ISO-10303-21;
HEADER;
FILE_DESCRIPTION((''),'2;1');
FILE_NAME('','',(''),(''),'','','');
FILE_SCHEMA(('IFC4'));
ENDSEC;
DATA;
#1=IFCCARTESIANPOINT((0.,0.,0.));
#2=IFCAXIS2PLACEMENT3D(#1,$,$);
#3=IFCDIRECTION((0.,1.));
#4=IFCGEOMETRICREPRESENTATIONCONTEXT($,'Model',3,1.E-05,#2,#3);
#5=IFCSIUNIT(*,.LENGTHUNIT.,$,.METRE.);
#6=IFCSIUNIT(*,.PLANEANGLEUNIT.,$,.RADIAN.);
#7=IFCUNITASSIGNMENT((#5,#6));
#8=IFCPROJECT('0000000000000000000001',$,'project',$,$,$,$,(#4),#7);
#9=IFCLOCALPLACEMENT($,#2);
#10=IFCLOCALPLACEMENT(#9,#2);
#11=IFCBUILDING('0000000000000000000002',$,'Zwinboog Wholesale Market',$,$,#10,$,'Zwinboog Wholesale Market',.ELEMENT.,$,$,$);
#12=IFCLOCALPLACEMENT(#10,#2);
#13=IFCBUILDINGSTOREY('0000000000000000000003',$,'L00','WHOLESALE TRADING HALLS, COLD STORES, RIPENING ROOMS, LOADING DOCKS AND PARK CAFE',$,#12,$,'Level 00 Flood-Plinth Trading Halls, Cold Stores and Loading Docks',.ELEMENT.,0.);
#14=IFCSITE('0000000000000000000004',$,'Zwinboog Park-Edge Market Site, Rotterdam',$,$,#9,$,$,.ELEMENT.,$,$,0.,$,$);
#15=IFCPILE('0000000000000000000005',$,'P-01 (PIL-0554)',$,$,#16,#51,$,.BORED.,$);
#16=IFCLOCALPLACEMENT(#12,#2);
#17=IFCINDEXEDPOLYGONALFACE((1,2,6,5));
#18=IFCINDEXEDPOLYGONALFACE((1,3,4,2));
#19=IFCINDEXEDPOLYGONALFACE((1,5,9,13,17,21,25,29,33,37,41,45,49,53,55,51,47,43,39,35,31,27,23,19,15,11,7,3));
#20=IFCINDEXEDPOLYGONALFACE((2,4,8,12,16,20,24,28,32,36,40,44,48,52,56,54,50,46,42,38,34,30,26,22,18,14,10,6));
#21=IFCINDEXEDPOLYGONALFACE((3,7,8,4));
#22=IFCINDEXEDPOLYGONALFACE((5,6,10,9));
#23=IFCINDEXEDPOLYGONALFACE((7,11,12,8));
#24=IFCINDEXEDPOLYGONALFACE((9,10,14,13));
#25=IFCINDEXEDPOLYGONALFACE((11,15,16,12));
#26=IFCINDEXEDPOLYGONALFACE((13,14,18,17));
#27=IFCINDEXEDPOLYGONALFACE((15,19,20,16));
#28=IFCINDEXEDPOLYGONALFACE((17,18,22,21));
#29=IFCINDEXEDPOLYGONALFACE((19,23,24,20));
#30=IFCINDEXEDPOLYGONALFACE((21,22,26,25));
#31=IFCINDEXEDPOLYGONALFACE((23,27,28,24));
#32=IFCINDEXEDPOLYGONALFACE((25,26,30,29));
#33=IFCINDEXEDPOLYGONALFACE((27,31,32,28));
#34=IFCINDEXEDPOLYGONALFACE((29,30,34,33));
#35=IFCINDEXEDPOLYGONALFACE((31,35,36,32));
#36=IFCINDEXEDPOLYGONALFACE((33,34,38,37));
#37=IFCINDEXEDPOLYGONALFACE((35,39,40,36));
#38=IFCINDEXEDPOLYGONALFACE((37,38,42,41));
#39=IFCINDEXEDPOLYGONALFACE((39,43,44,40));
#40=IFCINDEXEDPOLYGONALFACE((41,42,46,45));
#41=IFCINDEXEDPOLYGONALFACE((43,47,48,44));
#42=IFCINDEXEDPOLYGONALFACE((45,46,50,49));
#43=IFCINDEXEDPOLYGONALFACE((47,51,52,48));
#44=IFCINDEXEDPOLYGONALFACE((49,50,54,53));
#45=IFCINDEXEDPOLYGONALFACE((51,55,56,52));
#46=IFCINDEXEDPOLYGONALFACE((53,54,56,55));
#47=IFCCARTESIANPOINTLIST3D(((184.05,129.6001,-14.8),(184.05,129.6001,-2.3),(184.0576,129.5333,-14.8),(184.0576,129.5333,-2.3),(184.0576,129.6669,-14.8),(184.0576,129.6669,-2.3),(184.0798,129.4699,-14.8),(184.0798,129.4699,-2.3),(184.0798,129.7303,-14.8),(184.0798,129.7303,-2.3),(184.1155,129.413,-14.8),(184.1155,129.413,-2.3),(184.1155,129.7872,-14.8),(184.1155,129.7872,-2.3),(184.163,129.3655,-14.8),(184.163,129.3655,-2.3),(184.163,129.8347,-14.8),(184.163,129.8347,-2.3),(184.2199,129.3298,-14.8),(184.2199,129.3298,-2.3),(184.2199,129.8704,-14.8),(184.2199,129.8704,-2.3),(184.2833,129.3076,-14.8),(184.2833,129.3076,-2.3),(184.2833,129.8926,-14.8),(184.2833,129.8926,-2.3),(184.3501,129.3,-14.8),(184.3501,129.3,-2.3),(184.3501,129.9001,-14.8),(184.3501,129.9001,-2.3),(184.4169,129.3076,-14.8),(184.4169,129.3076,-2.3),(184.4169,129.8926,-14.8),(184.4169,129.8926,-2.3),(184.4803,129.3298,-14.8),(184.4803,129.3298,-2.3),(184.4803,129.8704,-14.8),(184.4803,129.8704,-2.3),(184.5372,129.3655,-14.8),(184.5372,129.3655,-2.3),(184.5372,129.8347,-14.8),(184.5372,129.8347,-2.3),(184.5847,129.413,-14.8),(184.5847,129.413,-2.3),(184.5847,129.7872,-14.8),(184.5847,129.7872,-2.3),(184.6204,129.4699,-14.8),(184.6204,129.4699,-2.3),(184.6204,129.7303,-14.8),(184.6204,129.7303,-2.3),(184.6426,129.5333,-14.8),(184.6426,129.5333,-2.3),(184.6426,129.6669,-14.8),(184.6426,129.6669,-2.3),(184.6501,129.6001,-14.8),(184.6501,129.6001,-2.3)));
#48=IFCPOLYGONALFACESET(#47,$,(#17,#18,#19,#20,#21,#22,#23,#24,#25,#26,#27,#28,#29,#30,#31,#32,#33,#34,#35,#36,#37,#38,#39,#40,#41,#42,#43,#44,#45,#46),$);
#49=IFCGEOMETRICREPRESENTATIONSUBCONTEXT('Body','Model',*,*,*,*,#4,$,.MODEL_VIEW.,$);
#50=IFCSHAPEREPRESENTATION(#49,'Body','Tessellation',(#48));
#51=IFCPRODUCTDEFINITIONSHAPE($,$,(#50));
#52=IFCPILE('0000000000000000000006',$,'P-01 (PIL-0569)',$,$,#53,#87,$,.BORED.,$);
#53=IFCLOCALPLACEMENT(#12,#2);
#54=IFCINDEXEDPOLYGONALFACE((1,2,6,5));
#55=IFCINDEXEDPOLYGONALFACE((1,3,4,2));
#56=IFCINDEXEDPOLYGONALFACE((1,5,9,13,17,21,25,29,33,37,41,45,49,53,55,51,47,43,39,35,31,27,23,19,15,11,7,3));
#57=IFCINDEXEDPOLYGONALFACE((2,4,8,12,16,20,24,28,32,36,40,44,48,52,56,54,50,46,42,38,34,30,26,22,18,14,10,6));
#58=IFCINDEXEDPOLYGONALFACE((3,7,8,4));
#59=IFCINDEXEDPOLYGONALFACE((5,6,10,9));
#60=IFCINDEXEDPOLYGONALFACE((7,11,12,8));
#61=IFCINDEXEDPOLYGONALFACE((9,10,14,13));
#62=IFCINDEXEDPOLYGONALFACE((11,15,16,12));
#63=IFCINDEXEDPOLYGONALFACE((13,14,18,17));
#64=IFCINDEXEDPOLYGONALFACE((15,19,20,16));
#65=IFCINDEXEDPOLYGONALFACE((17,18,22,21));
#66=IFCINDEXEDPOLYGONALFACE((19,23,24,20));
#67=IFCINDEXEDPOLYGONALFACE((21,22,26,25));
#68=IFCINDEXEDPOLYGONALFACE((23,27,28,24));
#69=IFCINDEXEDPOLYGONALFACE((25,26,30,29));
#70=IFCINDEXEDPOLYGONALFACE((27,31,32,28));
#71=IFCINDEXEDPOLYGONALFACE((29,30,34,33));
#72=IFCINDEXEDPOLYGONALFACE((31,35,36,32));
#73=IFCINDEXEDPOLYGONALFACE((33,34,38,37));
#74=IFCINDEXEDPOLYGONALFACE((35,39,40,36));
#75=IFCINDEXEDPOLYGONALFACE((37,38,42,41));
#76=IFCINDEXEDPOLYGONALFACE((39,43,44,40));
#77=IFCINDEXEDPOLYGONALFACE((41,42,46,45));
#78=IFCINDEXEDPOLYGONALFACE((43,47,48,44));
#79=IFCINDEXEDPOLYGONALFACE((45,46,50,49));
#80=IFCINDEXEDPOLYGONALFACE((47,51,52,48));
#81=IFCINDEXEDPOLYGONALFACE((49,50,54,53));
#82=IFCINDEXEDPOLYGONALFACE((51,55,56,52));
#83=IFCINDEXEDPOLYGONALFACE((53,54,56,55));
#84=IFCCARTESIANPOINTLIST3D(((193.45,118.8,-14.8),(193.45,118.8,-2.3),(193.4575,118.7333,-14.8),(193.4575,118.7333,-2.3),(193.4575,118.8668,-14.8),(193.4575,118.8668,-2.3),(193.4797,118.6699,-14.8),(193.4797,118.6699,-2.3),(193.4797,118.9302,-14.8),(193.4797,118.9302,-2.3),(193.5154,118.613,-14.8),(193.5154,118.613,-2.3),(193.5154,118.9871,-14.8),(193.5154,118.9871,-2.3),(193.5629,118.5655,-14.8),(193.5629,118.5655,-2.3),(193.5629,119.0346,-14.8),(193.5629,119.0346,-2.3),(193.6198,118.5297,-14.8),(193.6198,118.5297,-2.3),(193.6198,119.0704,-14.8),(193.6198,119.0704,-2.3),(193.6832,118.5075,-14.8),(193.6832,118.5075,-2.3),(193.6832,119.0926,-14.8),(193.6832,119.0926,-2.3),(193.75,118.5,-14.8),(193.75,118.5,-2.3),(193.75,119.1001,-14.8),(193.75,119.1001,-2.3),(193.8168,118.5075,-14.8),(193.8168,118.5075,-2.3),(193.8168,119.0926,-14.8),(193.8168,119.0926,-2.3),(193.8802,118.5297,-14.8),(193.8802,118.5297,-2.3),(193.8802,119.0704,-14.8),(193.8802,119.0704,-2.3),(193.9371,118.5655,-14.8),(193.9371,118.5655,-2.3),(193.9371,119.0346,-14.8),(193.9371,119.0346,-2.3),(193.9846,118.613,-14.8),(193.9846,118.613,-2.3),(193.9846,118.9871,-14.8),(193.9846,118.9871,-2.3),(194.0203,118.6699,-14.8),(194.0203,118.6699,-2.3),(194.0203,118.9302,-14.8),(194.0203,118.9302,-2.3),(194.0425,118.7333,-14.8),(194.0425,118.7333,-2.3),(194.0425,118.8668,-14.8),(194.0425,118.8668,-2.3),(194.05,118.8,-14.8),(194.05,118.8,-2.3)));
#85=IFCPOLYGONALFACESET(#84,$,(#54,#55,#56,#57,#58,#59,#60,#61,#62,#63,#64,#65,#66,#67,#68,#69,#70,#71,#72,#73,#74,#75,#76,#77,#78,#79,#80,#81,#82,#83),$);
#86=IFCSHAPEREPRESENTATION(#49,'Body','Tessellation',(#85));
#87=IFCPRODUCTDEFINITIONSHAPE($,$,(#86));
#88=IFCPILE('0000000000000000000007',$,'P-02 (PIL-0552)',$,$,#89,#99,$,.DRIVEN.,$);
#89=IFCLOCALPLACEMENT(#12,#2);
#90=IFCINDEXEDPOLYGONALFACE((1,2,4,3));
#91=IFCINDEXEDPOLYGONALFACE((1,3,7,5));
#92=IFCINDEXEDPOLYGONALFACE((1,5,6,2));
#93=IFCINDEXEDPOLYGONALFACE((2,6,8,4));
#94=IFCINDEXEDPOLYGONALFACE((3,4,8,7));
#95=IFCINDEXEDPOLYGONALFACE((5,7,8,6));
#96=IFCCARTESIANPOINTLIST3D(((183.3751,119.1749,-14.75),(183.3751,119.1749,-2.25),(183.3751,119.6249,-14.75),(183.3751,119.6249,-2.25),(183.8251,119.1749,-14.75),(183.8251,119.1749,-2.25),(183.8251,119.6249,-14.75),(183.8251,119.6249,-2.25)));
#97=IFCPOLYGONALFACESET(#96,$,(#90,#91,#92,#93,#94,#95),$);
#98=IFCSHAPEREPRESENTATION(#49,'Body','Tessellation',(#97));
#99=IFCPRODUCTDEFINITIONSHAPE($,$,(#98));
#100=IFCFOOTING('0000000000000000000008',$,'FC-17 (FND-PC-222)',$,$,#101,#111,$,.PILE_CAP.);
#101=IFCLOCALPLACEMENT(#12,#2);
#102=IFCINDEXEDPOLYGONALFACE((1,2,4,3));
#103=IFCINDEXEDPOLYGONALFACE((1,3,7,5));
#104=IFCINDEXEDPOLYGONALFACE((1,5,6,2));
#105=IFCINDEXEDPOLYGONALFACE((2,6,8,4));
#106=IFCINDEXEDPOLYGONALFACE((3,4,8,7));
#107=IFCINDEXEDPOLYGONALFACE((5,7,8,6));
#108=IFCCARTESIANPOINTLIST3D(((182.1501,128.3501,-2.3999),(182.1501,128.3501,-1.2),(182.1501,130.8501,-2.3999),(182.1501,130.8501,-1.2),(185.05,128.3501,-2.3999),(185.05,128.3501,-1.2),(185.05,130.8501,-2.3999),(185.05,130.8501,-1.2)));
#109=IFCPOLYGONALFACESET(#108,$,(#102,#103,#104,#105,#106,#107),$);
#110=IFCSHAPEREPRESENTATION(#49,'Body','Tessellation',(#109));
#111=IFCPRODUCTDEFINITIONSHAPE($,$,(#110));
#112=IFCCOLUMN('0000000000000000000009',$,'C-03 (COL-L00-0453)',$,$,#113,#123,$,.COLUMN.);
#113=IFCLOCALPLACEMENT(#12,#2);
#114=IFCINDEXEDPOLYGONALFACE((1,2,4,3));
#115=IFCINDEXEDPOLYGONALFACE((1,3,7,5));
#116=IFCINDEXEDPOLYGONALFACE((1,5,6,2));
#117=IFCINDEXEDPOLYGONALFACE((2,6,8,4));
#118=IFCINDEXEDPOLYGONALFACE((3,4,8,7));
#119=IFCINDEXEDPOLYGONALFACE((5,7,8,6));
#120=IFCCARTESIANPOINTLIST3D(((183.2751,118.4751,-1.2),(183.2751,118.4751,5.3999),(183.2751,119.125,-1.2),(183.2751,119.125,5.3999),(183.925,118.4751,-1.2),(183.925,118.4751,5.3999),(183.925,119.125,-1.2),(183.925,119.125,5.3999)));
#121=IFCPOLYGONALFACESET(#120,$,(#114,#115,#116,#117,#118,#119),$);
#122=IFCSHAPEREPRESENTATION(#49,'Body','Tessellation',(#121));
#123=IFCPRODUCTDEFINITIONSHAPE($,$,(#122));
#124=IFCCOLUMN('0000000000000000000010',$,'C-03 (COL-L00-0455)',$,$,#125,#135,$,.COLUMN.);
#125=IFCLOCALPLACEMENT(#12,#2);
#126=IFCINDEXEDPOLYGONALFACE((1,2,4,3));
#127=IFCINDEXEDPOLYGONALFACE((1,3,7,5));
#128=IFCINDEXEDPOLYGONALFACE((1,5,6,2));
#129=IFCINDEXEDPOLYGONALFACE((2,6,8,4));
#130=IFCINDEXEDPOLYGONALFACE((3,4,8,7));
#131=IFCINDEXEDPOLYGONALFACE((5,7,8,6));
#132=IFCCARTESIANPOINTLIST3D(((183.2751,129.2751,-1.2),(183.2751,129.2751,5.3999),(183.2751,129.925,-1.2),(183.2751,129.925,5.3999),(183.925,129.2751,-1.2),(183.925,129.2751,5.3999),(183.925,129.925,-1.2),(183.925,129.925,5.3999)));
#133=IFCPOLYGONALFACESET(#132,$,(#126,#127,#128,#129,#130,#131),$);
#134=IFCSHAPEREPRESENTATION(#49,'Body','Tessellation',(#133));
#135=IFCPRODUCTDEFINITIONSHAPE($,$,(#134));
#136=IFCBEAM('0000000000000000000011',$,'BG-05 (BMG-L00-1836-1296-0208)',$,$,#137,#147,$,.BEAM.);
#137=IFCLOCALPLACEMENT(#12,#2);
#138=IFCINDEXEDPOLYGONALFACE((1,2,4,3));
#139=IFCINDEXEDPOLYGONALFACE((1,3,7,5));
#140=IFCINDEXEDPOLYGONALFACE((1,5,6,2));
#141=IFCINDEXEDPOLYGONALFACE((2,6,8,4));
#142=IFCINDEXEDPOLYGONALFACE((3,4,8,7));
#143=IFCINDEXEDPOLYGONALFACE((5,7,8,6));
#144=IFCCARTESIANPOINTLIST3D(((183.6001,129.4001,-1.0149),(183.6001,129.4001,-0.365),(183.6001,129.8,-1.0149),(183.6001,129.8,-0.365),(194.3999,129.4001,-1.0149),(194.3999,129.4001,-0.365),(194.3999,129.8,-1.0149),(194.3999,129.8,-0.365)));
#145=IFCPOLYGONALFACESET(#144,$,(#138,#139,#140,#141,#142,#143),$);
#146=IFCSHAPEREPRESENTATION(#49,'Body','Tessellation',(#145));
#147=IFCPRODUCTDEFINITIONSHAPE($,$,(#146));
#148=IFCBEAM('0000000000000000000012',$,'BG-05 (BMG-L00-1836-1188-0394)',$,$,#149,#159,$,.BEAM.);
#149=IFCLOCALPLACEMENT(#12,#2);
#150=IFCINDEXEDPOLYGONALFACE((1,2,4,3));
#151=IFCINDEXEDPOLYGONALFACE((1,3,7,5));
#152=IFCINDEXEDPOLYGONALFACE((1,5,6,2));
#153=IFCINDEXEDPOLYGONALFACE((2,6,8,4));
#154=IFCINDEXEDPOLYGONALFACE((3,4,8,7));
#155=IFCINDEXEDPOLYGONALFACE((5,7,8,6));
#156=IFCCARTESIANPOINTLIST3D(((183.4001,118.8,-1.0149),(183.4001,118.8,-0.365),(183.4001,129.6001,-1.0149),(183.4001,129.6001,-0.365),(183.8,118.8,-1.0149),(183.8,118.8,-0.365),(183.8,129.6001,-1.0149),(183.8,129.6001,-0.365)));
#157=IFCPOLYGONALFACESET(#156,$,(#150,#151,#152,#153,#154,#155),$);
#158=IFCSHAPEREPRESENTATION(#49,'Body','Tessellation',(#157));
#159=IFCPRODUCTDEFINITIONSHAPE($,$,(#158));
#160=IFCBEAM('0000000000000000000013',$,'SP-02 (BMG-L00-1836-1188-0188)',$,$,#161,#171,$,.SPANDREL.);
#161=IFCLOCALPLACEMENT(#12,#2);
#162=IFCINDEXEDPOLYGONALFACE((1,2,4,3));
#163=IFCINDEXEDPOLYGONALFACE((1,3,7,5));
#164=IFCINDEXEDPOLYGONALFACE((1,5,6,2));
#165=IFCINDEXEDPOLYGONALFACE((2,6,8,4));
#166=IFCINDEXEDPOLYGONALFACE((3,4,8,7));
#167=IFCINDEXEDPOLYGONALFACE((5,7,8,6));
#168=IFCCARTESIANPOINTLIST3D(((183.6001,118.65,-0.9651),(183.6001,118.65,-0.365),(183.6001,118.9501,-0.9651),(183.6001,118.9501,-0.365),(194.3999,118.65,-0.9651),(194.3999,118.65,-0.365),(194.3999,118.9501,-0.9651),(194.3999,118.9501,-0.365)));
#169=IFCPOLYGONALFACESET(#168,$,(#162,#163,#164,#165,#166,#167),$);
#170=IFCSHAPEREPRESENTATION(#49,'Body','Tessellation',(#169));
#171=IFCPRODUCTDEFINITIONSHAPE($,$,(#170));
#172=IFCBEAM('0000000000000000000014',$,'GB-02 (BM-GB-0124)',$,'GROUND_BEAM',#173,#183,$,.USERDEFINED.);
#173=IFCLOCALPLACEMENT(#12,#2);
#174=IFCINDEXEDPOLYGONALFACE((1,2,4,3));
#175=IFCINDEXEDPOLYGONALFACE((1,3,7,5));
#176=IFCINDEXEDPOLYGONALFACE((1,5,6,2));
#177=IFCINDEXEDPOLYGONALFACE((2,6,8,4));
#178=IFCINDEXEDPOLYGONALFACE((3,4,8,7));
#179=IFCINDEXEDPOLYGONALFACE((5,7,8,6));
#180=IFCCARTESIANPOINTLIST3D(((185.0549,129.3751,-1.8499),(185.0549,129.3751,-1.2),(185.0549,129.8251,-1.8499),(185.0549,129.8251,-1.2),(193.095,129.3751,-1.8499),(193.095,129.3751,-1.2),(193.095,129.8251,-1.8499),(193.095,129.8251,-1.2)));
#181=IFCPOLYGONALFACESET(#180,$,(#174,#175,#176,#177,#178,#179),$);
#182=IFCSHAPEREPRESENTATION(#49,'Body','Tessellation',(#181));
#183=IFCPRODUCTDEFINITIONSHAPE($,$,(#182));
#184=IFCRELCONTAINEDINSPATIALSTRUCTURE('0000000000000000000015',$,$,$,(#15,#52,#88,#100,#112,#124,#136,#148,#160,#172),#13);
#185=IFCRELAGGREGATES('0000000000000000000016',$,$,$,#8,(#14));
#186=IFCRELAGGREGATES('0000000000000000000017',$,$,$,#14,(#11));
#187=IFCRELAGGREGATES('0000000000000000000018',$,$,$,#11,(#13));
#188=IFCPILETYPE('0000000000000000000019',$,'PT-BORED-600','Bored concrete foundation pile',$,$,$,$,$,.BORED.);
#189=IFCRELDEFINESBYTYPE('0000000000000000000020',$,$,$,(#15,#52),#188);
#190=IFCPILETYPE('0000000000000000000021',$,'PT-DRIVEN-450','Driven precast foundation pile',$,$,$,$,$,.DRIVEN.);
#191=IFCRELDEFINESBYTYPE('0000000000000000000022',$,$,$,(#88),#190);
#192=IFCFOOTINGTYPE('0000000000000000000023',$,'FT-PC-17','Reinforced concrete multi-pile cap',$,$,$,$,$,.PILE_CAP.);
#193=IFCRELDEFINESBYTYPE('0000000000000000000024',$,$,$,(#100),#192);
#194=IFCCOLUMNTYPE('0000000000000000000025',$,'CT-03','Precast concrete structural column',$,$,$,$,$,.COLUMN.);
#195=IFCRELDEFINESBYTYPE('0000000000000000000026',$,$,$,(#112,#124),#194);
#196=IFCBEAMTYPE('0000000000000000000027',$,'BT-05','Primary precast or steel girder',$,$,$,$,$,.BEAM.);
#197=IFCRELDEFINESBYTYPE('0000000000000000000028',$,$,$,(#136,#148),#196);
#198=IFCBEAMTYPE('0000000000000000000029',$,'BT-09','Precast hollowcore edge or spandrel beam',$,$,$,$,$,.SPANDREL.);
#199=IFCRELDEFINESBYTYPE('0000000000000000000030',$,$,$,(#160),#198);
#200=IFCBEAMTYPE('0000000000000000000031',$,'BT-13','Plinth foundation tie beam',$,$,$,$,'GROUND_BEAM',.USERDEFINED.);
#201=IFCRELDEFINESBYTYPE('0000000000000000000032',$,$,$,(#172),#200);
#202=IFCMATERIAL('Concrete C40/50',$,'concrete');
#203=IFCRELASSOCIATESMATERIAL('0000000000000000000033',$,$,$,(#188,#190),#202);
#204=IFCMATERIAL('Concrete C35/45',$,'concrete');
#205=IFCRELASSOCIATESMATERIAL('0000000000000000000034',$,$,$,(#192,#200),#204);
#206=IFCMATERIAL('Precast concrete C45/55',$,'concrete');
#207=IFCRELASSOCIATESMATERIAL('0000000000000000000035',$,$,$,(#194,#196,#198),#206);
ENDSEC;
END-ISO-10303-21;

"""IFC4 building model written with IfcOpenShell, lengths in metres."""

from ifc_helpers import new_model, si_unit, direction, frame, origin, origin_2d, place, context, subcontext, project, spatial, rectangle, circle, extrude, material, material_profile, profile_set, type_object, element, save


model = new_model("IFC4")

# Units and contexts
model_context = context("Model", 3, precision=1e-05, world=origin(), true_north=direction((0.0, 1.0)))
body_context = subcontext(model_context, "Body", "Model", "MODEL_VIEW")
ifc_project = project(units=[si_unit("LENGTHUNIT", "METRE"), si_unit("PLANEANGLEUNIT", "RADIAN")], contexts=[model_context])

# Site, building, storey
site_placement = place(None, origin())
site = spatial("IfcSite", under=ifc_project, at=site_placement, Name="Zwinboog Park-Edge Market Site, Rotterdam", CompositionType="ELEMENT", RefElevation=0.0)
building_placement = place(site_placement, origin())
building = spatial("IfcBuilding", under=site, at=building_placement, Name="Zwinboog Wholesale Market", LongName="Zwinboog Wholesale Market", CompositionType="ELEMENT")
storey_placement = place(building_placement, origin())
storey = spatial("IfcBuildingStorey", under=building, at=storey_placement, Name="L00", Description="WHOLESALE TRADING HALLS, COLD STORES, RIPENING ROOMS, LOADING DOCKS AND PARK CAFE", LongName="Level 00 Flood-Plinth Trading Halls, Cold Stores and Loading Docks", CompositionType="ELEMENT", Elevation=0.0)

# Piles
ifc_material_1 = material(Name="Concrete C40/50", Category="concrete")
ifc_material_profile_1 = material_profile(ifc_material_1, circle(Radius=0.3, at=origin_2d()), Name="PILE D600")
ifc_profile_set_1 = profile_set([ifc_material_profile_1], Name="Concrete C40/50")
pile_type_1 = type_object("IfcPileType", Name="PT-BORED-600", Description="Bored concrete foundation pile", PredefinedType="BORED", material=ifc_profile_set_1)
for number, where, z_axis, x_axis, name in (
    (1, (184.3501, 129.6001, -2.3), (0.0, 0.0, -1.0), (1.0, 0.0, 0.0), "P-01 (PIL-0554)"),
    (2, (193.75, 118.8, -2.3), (0.0, 0.0, -1.0), (1.0, 0.0, 0.0), "P-01 (PIL-0569)"),
):
    element("IfcPile", number, at=place(storey_placement, frame(where, z_axis=z_axis, x_axis=x_axis)), inside=storey, type_object=pile_type_1, Name=name, PredefinedType="BORED", context=body_context, shape_type="SweptSolid", body=[
        extrude(circle(Radius=0.3, at=origin_2d()), origin(), (0.0, 0.0, 1.0), 12.5),
    ])
ifc_material_profile_2 = material_profile(ifc_material_1, rectangle(XDim=0.45, YDim=0.45, at=origin_2d()), Name="PILE SQ450")
ifc_profile_set_2 = profile_set([ifc_material_profile_2], Name="Concrete C40/50")
pile_type_2 = type_object("IfcPileType", Name="PT-DRIVEN-450", Description="Driven precast foundation pile", PredefinedType="DRIVEN", material=ifc_profile_set_2)
pile_placement = place(storey_placement, frame((183.6001, 119.3999, -2.25), z_axis=(0.0, 0.0, -1.0), x_axis=(1.0, 0.0, 0.0)))
element("IfcPile", 3, at=pile_placement, inside=storey, type_object=pile_type_2, Name="P-02 (PIL-0552)", PredefinedType="DRIVEN", context=body_context, shape_type="SweptSolid", body=[
    extrude(rectangle(XDim=0.45, YDim=0.45, at=origin_2d()), origin(), (0.0, 0.0, 1.0), 12.5),
])

# Footing
ifc_material_2 = material(Name="Concrete C35/45", Category="concrete")
footing_type = type_object("IfcFootingType", Name="FT-PC-17", Description="Reinforced concrete multi-pile cap", PredefinedType="PILE_CAP", material=ifc_material_2)
footing_placement = place(storey_placement, frame((183.6001, 129.6001, -2.3999), z_axis=(0.0, 0.0, 1.0), x_axis=(1.0, 0.0, 0.0)))
element("IfcFooting", 4, at=footing_placement, inside=storey, type_object=footing_type, Name="FC-17 (FND-PC-222)", PredefinedType="PILE_CAP", context=body_context, shape_type="SweptSolid", body=[
    extrude(rectangle(XDim=2.8999, YDim=2.5, at=origin_2d()), origin(), (0.0, 0.0, 1.0), 1.2),
])

# Columns
ifc_material_3 = material(Name="Precast concrete C45/55", Category="concrete")
ifc_material_profile_3 = material_profile(ifc_material_3, rectangle(XDim=0.6499, YDim=0.6499, at=origin_2d()), Name="PC 650x650")
ifc_profile_set_3 = profile_set([ifc_material_profile_3], Name="Precast concrete C45/55")
column_type = type_object("IfcColumnType", Name="CT-03", Description="Precast concrete structural column", PredefinedType="COLUMN", material=ifc_profile_set_3)
for number, where, z_axis, x_axis, name in (
    (5, (183.6001, 118.8, -1.2), (0.0, 0.0, 1.0), (1.0, 0.0, 0.0), "C-03 (COL-L00-0453)"),
    (6, (183.6001, 129.6001, -1.2), (0.0, 0.0, 1.0), (1.0, 0.0, 0.0), "C-03 (COL-L00-0455)"),
):
    element("IfcColumn", number, at=place(storey_placement, frame(where, z_axis=z_axis, x_axis=x_axis)), inside=storey, type_object=column_type, Name=name, PredefinedType="COLUMN", context=body_context, shape_type="SweptSolid", body=[
        extrude(rectangle(XDim=0.6499, YDim=0.6499, at=origin_2d()), origin(), (0.0, 0.0, 1.0), 6.5999),
    ])

# Beams
ifc_material_profile_4 = material_profile(ifc_material_3, rectangle(XDim=0.3999, YDim=0.6499, at=origin_2d()), Name="PC 400x650")
ifc_profile_set_4 = profile_set([ifc_material_profile_4], Name="Precast concrete C45/55")
beam_type_1 = type_object("IfcBeamType", Name="BT-05", Description="Primary precast or steel girder", PredefinedType="BEAM", material=ifc_profile_set_4)
beam_1_placement = place(storey_placement, frame((183.6001, 129.6001, -0.6899), z_axis=(1.0, 0.0, 0.0), x_axis=(0.0, 1.0, 0.0)))
element("IfcBeam", 7, at=beam_1_placement, inside=storey, type_object=beam_type_1, Name="BG-05 (BMG-L00-1836-1296-0208)", PredefinedType="BEAM", context=body_context, shape_type="SweptSolid", body=[
    extrude(rectangle(XDim=0.3999, YDim=0.6499, at=origin_2d()), origin(), (0.0, 0.0, 1.0), 10.7998),
])
beam_2_placement = place(storey_placement, frame((183.6001, 118.8, -0.6899), z_axis=(0.0, 1.0, 0.0), x_axis=(-1.0, 0.0, 0.0)))
element("IfcBeam", 8, at=beam_2_placement, inside=storey, type_object=beam_type_1, Name="BG-05 (BMG-L00-1836-1188-0394)", PredefinedType="BEAM", context=body_context, shape_type="SweptSolid", body=[
    extrude(rectangle(XDim=0.3999, YDim=0.6499, at=origin_2d()), origin(), (0.0, 0.0, 1.0), 10.8),
])
ifc_material_profile_5 = material_profile(ifc_material_3, rectangle(XDim=0.3, YDim=0.6001, at=origin_2d()), Name="PC 300x600")
ifc_profile_set_5 = profile_set([ifc_material_profile_5], Name="Precast concrete C45/55")
beam_type_2 = type_object("IfcBeamType", Name="BT-09", Description="Precast hollowcore edge or spandrel beam", PredefinedType="SPANDREL", material=ifc_profile_set_5)
beam_3_placement = place(storey_placement, frame((183.6001, 118.8, -0.665), z_axis=(1.0, 0.0, 0.0), x_axis=(0.0, 1.0, 0.0)))
element("IfcBeam", 9, at=beam_3_placement, inside=storey, type_object=beam_type_2, Name="SP-02 (BMG-L00-1836-1188-0188)", PredefinedType="SPANDREL", context=body_context, shape_type="SweptSolid", body=[
    extrude(rectangle(XDim=0.3, YDim=0.6001, at=origin_2d()), origin(), (0.0, 0.0, 1.0), 10.7998),
])
ifc_material_profile_6 = material_profile(ifc_material_2, rectangle(XDim=0.45, YDim=0.6499, at=origin_2d()), Name="RC 450x650")
ifc_profile_set_6 = profile_set([ifc_material_profile_6], Name="Concrete C35/45")
beam_type_3 = type_object("IfcBeamType", Name="BT-13", Description="Plinth foundation tie beam", ElementType="GROUND_BEAM", PredefinedType="USERDEFINED", material=ifc_profile_set_6)
beam_4_placement = place(storey_placement, frame((185.0549, 129.6001, -1.5249), z_axis=(1.0, 0.0, 0.0), x_axis=(0.0, 1.0, 0.0)))
element("IfcBeam", 10, at=beam_4_placement, inside=storey, type_object=beam_type_3, Name="GB-02 (BM-GB-0124)", ObjectType="GROUND_BEAM", PredefinedType="USERDEFINED", context=body_context, shape_type="SweptSolid", body=[
    extrude(rectangle(XDim=0.45, YDim=0.6499, at=origin_2d()), origin(), (0.0, 0.0, 1.0), 8.04),
])

save(model, "model.ifc")
